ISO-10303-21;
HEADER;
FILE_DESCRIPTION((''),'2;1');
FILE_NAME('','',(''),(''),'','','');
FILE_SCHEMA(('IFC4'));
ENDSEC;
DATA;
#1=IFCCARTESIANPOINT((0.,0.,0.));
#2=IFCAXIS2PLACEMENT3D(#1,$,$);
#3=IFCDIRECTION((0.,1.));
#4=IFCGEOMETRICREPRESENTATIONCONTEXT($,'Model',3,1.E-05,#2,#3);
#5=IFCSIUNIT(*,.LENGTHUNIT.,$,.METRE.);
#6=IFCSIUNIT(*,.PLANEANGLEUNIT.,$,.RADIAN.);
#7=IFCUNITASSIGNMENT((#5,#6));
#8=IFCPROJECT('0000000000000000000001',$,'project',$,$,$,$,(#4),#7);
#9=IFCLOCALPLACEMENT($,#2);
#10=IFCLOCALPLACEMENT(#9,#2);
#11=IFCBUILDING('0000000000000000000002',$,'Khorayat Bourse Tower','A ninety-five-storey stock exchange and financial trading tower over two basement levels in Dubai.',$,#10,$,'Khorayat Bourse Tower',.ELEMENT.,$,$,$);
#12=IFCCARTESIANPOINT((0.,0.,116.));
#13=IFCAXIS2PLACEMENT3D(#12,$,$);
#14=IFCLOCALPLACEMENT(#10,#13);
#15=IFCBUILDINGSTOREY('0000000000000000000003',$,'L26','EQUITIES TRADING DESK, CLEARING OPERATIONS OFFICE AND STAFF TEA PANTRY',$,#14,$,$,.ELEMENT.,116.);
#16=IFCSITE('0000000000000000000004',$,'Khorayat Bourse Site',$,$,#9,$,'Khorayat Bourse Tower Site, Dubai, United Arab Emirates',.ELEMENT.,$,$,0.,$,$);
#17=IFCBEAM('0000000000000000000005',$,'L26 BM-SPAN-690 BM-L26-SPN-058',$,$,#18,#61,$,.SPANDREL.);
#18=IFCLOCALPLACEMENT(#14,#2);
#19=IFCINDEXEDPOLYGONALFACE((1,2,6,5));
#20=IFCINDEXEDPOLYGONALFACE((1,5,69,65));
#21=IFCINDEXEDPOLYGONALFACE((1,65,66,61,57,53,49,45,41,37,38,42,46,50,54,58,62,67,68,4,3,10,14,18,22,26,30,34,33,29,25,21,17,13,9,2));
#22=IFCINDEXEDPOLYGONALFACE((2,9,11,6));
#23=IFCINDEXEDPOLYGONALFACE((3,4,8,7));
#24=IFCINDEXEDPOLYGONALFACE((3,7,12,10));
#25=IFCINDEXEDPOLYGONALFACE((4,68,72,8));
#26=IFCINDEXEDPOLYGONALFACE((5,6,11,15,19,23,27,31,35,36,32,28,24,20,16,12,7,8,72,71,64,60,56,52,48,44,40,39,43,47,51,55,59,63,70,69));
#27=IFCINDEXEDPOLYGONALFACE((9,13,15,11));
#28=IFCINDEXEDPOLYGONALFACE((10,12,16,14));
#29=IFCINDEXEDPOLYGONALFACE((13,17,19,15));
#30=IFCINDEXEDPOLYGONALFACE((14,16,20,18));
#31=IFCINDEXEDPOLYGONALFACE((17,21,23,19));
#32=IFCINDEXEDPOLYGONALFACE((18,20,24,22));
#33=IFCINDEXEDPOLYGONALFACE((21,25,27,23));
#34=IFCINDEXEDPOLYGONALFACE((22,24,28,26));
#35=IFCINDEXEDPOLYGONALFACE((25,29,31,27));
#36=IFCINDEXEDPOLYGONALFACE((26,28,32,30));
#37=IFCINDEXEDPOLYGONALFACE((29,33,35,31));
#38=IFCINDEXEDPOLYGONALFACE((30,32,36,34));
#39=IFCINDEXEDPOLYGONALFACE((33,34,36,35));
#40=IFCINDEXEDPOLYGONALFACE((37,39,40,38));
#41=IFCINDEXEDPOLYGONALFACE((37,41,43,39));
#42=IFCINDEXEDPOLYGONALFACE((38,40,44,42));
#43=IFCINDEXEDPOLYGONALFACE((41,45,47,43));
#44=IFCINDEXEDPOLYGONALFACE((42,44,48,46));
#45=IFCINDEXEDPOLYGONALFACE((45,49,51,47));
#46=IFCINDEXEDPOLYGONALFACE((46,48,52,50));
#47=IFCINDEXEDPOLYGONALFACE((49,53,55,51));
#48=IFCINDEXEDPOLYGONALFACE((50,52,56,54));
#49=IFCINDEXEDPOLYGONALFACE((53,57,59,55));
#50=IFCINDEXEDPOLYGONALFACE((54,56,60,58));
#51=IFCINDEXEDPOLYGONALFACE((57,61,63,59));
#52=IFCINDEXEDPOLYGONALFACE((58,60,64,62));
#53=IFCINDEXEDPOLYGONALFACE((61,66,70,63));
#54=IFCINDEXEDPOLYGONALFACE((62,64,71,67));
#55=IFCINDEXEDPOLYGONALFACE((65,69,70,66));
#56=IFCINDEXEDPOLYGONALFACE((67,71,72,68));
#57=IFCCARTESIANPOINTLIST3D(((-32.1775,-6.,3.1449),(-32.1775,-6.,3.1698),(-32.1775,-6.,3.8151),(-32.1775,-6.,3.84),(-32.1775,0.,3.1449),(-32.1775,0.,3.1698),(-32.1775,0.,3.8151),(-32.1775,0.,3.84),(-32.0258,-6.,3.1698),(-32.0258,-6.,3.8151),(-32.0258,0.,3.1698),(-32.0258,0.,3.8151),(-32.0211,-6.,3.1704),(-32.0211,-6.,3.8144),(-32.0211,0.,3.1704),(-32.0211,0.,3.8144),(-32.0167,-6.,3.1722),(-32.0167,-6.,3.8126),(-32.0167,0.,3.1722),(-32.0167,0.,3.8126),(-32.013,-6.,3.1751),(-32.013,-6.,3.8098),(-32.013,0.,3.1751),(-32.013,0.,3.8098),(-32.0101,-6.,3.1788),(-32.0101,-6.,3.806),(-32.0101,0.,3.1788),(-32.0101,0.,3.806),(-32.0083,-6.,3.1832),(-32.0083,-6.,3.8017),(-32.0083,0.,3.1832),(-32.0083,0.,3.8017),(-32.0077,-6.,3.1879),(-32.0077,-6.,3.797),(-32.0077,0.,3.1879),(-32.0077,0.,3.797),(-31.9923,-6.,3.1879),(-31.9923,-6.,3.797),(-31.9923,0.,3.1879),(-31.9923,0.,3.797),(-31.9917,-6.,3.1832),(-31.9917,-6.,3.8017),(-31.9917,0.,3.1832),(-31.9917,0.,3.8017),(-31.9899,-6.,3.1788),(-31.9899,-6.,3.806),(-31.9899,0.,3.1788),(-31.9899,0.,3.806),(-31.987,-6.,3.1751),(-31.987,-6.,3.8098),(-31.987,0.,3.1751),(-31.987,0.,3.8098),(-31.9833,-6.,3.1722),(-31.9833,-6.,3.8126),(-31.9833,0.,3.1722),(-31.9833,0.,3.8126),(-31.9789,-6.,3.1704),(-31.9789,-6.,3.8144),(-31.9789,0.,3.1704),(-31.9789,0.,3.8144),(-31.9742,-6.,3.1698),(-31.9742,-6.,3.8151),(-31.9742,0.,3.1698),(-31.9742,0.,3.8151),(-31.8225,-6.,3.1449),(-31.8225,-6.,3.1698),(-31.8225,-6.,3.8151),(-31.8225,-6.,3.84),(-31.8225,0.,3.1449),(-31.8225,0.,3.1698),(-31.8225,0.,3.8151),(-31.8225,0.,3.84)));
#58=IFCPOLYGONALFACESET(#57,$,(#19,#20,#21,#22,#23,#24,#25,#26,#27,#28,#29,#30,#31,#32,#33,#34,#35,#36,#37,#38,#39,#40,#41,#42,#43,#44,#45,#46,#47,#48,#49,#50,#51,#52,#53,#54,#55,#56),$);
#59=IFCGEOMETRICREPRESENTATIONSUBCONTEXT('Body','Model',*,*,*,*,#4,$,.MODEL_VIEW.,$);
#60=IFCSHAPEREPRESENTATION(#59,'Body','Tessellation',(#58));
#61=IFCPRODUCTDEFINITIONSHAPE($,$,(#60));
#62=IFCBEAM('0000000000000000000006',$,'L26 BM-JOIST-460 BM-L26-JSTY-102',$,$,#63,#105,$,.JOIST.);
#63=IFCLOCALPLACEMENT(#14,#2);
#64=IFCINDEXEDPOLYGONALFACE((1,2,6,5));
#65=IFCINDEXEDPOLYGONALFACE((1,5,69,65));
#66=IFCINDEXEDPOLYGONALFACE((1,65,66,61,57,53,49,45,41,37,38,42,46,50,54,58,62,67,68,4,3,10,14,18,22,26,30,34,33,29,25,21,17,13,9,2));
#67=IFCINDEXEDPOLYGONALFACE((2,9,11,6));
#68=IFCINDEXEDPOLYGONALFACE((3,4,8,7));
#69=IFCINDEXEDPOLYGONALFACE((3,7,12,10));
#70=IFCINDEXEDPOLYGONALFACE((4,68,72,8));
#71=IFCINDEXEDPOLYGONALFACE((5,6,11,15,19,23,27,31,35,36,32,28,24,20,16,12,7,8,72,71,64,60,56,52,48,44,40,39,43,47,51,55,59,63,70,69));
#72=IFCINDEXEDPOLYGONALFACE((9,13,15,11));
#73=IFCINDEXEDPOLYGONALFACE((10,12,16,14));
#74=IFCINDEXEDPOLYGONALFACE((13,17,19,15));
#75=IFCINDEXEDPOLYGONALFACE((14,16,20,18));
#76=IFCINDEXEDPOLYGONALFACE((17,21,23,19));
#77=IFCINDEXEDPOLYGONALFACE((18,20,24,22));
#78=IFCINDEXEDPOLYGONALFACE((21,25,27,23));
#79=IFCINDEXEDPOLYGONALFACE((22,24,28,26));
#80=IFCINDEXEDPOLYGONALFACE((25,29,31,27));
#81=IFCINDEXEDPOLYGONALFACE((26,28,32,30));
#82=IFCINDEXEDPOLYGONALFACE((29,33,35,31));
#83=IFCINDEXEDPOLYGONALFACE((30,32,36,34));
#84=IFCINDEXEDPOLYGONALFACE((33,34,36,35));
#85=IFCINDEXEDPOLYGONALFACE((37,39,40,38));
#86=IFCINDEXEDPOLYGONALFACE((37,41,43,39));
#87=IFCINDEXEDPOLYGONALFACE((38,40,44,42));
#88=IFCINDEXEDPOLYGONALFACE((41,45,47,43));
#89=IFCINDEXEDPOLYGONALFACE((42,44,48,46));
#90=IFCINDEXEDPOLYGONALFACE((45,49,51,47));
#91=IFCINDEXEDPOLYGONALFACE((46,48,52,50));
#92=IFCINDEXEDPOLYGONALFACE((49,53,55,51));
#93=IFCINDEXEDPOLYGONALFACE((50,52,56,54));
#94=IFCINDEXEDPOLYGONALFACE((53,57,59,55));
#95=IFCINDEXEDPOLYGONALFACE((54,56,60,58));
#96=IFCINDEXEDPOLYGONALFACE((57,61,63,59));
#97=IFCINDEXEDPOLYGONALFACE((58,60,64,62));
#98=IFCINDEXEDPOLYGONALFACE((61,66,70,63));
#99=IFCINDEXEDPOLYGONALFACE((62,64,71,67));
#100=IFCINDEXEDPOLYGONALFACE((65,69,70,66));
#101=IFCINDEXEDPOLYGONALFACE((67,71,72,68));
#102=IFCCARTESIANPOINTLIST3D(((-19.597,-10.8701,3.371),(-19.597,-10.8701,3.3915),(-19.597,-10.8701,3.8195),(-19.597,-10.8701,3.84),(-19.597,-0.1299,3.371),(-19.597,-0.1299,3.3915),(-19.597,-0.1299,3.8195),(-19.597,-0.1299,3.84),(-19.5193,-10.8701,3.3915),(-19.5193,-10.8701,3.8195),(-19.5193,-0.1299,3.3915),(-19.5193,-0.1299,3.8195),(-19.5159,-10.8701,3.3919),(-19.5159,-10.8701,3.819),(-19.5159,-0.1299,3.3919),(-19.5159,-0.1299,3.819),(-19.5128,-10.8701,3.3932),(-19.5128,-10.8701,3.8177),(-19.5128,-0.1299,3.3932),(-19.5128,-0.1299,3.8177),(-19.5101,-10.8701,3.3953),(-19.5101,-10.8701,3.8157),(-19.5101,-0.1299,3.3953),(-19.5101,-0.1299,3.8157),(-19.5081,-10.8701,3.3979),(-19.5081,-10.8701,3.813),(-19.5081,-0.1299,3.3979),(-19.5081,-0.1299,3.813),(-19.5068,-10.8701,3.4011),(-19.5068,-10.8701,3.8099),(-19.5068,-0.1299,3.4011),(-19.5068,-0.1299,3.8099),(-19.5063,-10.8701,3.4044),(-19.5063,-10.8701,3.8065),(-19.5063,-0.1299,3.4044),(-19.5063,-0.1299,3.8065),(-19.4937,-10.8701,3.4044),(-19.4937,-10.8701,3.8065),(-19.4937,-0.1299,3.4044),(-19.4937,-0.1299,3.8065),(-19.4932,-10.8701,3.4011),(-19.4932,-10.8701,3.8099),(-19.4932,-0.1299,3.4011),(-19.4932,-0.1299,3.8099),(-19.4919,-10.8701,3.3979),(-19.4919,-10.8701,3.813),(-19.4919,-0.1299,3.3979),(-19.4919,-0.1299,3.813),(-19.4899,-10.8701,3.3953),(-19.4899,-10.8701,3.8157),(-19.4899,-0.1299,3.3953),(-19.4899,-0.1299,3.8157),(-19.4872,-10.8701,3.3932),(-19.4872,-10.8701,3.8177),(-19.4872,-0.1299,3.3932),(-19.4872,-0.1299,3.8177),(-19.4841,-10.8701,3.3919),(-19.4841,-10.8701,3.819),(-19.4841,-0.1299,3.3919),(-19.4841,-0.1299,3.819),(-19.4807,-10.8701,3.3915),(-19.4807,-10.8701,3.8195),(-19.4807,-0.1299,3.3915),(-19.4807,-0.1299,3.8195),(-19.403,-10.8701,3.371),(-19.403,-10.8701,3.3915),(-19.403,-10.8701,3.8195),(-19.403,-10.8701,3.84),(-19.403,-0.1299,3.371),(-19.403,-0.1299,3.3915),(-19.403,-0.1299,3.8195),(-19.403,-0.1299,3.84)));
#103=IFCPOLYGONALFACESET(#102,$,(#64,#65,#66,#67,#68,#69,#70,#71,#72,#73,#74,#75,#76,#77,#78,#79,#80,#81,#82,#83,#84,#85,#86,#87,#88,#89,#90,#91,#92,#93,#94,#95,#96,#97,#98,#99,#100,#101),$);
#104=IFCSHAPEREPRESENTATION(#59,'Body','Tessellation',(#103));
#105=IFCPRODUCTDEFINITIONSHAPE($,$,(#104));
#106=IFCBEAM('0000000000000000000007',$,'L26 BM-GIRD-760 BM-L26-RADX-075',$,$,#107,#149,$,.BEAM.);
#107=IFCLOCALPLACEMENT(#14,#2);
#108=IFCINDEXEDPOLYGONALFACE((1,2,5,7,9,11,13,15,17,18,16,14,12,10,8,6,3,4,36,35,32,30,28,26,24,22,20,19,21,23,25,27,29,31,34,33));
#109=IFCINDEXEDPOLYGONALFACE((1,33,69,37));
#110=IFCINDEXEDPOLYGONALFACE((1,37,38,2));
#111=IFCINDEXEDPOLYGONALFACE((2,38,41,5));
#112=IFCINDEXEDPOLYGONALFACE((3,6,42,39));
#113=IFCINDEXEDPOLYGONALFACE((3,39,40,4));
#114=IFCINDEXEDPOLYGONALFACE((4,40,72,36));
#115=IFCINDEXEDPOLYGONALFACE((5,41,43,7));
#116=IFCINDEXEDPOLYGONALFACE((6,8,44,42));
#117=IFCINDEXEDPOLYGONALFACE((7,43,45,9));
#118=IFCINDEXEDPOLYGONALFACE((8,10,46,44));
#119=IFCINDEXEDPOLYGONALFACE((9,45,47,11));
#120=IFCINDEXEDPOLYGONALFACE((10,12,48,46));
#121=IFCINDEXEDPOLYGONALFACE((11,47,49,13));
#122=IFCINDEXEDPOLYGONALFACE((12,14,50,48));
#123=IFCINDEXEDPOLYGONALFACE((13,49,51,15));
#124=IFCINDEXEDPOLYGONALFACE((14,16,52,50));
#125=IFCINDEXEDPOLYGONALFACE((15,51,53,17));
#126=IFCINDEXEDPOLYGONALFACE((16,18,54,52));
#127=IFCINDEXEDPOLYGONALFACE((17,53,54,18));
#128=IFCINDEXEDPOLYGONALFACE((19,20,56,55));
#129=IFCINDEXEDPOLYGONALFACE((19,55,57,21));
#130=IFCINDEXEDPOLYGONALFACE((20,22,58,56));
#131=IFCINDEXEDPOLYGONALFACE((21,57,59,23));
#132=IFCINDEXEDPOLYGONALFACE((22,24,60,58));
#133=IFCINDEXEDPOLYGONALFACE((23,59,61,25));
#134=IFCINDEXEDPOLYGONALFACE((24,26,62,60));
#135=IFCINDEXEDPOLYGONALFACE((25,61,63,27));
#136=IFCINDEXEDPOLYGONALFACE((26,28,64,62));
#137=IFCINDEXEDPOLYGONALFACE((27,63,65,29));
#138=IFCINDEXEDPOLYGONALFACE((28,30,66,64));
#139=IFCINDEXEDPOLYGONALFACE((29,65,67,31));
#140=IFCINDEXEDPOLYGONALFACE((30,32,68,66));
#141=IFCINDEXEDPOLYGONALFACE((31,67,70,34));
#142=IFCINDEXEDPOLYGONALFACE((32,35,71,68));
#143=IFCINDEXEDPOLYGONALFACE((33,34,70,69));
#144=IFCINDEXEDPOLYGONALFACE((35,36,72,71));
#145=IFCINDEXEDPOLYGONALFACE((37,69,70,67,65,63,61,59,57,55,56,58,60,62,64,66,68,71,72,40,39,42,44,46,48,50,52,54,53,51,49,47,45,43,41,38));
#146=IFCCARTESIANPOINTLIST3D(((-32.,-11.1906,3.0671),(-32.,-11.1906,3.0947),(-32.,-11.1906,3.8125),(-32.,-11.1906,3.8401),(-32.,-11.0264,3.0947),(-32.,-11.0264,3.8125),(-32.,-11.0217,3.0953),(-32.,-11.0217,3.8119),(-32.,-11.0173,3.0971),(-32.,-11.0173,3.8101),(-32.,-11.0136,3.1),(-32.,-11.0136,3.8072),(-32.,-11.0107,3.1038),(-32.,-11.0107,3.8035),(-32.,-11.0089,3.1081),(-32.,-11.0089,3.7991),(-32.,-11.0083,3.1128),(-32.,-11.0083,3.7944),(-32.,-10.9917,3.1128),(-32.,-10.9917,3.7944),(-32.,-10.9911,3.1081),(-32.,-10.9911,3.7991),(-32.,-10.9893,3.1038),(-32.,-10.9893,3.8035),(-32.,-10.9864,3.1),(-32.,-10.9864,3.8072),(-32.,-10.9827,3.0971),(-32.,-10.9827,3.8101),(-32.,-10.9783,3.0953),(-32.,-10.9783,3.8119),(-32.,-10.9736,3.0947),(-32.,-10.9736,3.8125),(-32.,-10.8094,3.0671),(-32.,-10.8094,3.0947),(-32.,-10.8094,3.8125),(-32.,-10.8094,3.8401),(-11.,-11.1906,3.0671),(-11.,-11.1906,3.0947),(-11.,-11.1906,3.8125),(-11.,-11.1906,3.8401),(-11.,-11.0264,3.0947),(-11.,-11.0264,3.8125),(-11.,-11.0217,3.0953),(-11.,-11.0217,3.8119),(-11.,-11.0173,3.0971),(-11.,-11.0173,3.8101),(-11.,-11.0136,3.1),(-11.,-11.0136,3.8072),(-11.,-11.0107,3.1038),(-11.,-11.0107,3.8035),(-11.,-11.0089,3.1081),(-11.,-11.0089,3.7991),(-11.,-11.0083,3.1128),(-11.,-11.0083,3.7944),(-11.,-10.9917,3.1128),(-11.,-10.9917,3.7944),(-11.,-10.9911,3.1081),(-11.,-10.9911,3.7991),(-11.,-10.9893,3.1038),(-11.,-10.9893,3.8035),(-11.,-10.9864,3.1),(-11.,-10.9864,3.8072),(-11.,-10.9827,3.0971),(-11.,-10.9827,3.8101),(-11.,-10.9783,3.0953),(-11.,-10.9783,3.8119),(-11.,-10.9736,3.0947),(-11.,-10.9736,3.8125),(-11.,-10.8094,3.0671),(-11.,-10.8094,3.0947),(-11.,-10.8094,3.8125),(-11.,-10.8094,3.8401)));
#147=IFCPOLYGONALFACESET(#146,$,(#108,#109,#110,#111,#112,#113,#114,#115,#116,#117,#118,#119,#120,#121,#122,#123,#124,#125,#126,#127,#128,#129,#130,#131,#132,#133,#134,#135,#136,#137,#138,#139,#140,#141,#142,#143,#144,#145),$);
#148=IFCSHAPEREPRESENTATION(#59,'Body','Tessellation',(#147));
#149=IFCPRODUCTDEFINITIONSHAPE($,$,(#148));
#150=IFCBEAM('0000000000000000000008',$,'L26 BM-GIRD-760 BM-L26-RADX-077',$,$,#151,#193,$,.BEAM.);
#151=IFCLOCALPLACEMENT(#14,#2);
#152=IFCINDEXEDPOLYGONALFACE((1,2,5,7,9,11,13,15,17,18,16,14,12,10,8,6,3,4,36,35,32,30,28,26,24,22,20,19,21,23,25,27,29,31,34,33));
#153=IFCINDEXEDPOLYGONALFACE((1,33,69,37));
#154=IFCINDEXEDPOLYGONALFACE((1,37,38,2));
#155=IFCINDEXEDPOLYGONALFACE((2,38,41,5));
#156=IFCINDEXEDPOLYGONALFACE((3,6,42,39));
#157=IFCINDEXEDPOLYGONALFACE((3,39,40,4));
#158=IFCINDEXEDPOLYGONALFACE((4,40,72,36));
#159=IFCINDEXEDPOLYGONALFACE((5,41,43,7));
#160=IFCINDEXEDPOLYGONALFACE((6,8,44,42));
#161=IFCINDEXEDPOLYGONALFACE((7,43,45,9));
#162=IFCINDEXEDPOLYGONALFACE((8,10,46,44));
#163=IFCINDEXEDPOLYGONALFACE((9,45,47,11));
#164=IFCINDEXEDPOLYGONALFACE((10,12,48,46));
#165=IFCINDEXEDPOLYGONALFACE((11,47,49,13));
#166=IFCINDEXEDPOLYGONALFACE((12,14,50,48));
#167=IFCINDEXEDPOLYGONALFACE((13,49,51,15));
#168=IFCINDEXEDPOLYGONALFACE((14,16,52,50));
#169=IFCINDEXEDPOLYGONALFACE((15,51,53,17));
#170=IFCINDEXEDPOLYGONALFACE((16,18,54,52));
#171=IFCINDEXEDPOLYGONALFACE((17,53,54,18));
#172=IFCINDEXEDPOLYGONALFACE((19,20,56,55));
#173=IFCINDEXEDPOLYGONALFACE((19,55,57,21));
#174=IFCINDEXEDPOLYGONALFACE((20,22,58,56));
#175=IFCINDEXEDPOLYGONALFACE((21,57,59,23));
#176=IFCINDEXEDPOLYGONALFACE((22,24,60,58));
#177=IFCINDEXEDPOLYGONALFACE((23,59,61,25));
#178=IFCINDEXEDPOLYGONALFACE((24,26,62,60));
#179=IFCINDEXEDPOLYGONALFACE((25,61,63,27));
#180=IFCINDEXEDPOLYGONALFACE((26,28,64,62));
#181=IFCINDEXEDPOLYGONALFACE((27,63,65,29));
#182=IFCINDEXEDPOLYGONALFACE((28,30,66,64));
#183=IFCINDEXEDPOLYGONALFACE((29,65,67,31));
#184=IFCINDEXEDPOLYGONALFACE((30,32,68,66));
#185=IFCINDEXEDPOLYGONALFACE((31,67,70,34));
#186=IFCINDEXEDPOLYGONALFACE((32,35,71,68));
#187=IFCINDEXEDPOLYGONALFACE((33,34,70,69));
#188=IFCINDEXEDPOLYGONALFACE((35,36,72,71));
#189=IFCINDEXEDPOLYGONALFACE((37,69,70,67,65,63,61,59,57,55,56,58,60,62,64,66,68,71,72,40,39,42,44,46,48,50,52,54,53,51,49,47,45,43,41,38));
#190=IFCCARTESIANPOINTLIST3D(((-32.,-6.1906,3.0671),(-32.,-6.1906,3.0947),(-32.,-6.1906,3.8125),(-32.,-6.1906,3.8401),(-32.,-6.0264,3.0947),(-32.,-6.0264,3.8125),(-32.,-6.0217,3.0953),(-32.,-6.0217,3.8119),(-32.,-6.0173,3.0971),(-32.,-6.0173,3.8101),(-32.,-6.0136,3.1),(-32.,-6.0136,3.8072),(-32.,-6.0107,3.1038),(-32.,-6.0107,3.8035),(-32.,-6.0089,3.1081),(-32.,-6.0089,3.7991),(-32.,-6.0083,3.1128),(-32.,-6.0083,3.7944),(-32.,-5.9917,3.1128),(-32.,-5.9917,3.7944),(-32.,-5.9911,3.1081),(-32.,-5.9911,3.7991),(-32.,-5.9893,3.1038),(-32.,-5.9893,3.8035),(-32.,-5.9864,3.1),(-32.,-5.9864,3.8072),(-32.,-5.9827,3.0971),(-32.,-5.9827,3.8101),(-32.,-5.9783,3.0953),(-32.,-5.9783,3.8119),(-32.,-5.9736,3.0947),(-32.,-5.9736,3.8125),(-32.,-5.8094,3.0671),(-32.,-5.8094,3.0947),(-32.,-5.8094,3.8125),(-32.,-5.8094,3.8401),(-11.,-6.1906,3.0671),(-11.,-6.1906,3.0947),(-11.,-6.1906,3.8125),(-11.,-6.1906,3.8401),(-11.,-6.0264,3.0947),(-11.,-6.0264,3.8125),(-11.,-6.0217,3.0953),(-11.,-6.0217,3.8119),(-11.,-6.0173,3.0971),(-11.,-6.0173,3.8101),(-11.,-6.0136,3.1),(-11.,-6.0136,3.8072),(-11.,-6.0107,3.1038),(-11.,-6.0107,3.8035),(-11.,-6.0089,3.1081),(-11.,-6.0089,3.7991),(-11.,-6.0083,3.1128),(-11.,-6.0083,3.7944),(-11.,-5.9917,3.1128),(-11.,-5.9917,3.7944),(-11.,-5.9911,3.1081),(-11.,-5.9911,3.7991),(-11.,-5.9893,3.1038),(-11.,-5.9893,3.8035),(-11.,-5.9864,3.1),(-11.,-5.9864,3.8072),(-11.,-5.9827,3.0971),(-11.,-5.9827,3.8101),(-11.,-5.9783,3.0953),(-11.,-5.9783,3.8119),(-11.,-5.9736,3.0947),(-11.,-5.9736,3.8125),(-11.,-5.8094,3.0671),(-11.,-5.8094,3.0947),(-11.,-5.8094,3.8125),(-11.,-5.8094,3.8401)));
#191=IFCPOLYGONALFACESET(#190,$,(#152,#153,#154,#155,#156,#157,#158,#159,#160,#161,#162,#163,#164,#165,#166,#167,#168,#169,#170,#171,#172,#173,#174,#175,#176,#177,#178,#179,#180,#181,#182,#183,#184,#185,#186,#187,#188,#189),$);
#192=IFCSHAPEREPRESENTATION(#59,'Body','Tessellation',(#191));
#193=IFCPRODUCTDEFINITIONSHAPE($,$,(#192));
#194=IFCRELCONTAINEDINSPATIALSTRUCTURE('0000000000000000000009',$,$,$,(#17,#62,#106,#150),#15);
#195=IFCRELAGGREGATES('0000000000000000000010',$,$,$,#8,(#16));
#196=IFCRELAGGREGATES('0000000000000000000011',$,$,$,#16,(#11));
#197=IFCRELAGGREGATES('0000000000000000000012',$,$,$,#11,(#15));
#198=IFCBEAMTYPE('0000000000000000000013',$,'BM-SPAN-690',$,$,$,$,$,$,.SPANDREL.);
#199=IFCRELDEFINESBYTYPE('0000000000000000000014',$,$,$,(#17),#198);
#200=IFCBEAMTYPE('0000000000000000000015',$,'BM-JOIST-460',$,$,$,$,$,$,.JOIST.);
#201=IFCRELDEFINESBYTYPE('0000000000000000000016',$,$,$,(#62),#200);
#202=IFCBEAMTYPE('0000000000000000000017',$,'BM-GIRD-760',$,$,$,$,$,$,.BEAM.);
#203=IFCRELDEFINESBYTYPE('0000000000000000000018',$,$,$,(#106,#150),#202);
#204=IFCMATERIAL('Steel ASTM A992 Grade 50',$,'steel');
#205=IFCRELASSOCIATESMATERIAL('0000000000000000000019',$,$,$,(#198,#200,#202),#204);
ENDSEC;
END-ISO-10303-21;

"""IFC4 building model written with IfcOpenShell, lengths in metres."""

from ifc_helpers import new_model, si_unit, direction, frame, origin, origin_2d, place, context, subcontext, project, spatial, i_section, extrude, source, transform, mapped, material, material_profile, profile_set, type_object, element, save


model = new_model("IFC4")

# Units and contexts
model_context = context("Model", 3, precision=1e-05, world=origin(), true_north=direction((0.0, 1.0)))
body_context = subcontext(model_context, "Body", "Model", "MODEL_VIEW")
ifc_project = project(units=[si_unit("LENGTHUNIT", "METRE"), si_unit("PLANEANGLEUNIT", "RADIAN")], contexts=[model_context])

# Site, building, storey
site_placement = place(None, origin())
site = spatial("IfcSite", under=ifc_project, at=site_placement, Name="Khorayat Bourse Site", LongName="Khorayat Bourse Tower Site, Dubai, United Arab Emirates", CompositionType="ELEMENT", RefElevation=0.0)
building_placement = place(site_placement, origin())
building = spatial("IfcBuilding", under=site, at=building_placement, Name="Khorayat Bourse Tower", Description="A ninety-five-storey stock exchange and financial trading tower over two basement levels in Dubai.", LongName="Khorayat Bourse Tower", CompositionType="ELEMENT")
storey_placement = place(building_placement, frame((0.0, 0.0, 116.0)))
storey = spatial("IfcBuildingStorey", under=building, at=storey_placement, Name="L26", Description="EQUITIES TRADING DESK, CLEARING OPERATIONS OFFICE AND STAFF TEA PANTRY", CompositionType="ELEMENT", Elevation=116.0)

# Beams
ifc_material_1 = material(Name="Steel ASTM A992 Grade 50", Category="steel")
ifc_material_profile_1 = material_profile(ifc_material_1, i_section(OverallWidth=0.355, OverallDepth=0.6951, WebThickness=0.0154, FlangeThickness=0.0249, FilletRadius=0.0181, at=origin_2d()), Name="W690X217")
ifc_profile_set_1 = profile_set([ifc_material_profile_1], Name="Steel ASTM A992 Grade 50")
beam_type_1 = type_object("IfcBeamType", Name="BM-SPAN-690", PredefinedType="SPANDREL", material=ifc_profile_set_1)
shared_shape_1 = source(origin(), body_context, "Body", "SweptSolid", [
    extrude(i_section(OverallWidth=0.355, OverallDepth=0.6951, WebThickness=0.0154, FlangeThickness=0.0249, FilletRadius=0.0181, at=origin_2d()), origin(), (0.0, 0.0, 1.0), 6.0),
])
beam_1_placement = place(storey_placement, frame((-32.0, -6.0, 3.4924), z_axis=(0.0, 1.0, 0.0), x_axis=(-1.0, 0.0, 0.0)))
element("IfcBeam", 1, at=beam_1_placement, inside=storey, type_object=beam_type_1, Name="L26 BM-SPAN-690 BM-L26-SPN-058", PredefinedType="SPANDREL", context=body_context, shape_type="MappedRepresentation", body=[
    mapped(shared_shape_1, transform((0.0, 0.0, 0.0), scale=1.0)),
])
ifc_material_profile_2 = material_profile(ifc_material_1, i_section(OverallWidth=0.1941, OverallDepth=0.469, WebThickness=0.0127, FlangeThickness=0.0205, FilletRadius=0.0129, at=origin_2d()), Name="W460X106")
ifc_profile_set_2 = profile_set([ifc_material_profile_2], Name="Steel ASTM A992 Grade 50")
beam_type_2 = type_object("IfcBeamType", Name="BM-JOIST-460", PredefinedType="JOIST", material=ifc_profile_set_2)
shared_shape_2 = source(origin(), body_context, "Body", "SweptSolid", [
    extrude(i_section(OverallWidth=0.1941, OverallDepth=0.469, WebThickness=0.0127, FlangeThickness=0.0205, FilletRadius=0.0129, at=origin_2d()), origin(), (0.0, 0.0, 1.0), 10.7402),
])
beam_2_placement = place(storey_placement, frame((-19.5, -10.8701, 3.6055), z_axis=(0.0, 1.0, 0.0), x_axis=(-1.0, 0.0, 0.0)))
element("IfcBeam", 2, at=beam_2_placement, inside=storey, type_object=beam_type_2, Name="L26 BM-JOIST-460 BM-L26-JSTY-102", PredefinedType="JOIST", context=body_context, shape_type="MappedRepresentation", body=[
    mapped(shared_shape_2, transform((0.0, 0.0, 0.0), scale=1.0)),
])
ifc_material_profile_3 = material_profile(ifc_material_1, i_section(OverallWidth=0.3811, OverallDepth=0.7729, WebThickness=0.0166, FlangeThickness=0.0276, FilletRadius=0.0181, at=origin_2d()), Name="W760X257")
ifc_profile_set_3 = profile_set([ifc_material_profile_3], Name="Steel ASTM A992 Grade 50")
beam_type_3 = type_object("IfcBeamType", Name="BM-GIRD-760", PredefinedType="BEAM", material=ifc_profile_set_3)
shared_shape_3 = source(origin(), body_context, "Body", "SweptSolid", [
    extrude(i_section(OverallWidth=0.3811, OverallDepth=0.7729, WebThickness=0.0166, FlangeThickness=0.0276, FilletRadius=0.0181, at=origin_2d()), origin(), (0.0, 0.0, 1.0), 21.0),
])
for number, where, z_axis, x_axis, name in (
    (3, (-32.0, -11.0, 3.4536), (1.0, 0.0, 0.0), (0.0, 1.0, 0.0), "L26 BM-GIRD-760 BM-L26-RADX-075"),
    (4, (-32.0, -6.0, 3.4536), (1.0, 0.0, 0.0), (0.0, 1.0, 0.0), "L26 BM-GIRD-760 BM-L26-RADX-077"),
):
    element("IfcBeam", number, at=place(storey_placement, frame(where, z_axis=z_axis, x_axis=x_axis)), inside=storey, type_object=beam_type_3, Name=name, PredefinedType="BEAM", context=body_context, shape_type="MappedRepresentation", body=[
        mapped(shared_shape_3, transform((0.0, 0.0, 0.0), scale=1.0)),
    ])

save(model, "model.ifc")
